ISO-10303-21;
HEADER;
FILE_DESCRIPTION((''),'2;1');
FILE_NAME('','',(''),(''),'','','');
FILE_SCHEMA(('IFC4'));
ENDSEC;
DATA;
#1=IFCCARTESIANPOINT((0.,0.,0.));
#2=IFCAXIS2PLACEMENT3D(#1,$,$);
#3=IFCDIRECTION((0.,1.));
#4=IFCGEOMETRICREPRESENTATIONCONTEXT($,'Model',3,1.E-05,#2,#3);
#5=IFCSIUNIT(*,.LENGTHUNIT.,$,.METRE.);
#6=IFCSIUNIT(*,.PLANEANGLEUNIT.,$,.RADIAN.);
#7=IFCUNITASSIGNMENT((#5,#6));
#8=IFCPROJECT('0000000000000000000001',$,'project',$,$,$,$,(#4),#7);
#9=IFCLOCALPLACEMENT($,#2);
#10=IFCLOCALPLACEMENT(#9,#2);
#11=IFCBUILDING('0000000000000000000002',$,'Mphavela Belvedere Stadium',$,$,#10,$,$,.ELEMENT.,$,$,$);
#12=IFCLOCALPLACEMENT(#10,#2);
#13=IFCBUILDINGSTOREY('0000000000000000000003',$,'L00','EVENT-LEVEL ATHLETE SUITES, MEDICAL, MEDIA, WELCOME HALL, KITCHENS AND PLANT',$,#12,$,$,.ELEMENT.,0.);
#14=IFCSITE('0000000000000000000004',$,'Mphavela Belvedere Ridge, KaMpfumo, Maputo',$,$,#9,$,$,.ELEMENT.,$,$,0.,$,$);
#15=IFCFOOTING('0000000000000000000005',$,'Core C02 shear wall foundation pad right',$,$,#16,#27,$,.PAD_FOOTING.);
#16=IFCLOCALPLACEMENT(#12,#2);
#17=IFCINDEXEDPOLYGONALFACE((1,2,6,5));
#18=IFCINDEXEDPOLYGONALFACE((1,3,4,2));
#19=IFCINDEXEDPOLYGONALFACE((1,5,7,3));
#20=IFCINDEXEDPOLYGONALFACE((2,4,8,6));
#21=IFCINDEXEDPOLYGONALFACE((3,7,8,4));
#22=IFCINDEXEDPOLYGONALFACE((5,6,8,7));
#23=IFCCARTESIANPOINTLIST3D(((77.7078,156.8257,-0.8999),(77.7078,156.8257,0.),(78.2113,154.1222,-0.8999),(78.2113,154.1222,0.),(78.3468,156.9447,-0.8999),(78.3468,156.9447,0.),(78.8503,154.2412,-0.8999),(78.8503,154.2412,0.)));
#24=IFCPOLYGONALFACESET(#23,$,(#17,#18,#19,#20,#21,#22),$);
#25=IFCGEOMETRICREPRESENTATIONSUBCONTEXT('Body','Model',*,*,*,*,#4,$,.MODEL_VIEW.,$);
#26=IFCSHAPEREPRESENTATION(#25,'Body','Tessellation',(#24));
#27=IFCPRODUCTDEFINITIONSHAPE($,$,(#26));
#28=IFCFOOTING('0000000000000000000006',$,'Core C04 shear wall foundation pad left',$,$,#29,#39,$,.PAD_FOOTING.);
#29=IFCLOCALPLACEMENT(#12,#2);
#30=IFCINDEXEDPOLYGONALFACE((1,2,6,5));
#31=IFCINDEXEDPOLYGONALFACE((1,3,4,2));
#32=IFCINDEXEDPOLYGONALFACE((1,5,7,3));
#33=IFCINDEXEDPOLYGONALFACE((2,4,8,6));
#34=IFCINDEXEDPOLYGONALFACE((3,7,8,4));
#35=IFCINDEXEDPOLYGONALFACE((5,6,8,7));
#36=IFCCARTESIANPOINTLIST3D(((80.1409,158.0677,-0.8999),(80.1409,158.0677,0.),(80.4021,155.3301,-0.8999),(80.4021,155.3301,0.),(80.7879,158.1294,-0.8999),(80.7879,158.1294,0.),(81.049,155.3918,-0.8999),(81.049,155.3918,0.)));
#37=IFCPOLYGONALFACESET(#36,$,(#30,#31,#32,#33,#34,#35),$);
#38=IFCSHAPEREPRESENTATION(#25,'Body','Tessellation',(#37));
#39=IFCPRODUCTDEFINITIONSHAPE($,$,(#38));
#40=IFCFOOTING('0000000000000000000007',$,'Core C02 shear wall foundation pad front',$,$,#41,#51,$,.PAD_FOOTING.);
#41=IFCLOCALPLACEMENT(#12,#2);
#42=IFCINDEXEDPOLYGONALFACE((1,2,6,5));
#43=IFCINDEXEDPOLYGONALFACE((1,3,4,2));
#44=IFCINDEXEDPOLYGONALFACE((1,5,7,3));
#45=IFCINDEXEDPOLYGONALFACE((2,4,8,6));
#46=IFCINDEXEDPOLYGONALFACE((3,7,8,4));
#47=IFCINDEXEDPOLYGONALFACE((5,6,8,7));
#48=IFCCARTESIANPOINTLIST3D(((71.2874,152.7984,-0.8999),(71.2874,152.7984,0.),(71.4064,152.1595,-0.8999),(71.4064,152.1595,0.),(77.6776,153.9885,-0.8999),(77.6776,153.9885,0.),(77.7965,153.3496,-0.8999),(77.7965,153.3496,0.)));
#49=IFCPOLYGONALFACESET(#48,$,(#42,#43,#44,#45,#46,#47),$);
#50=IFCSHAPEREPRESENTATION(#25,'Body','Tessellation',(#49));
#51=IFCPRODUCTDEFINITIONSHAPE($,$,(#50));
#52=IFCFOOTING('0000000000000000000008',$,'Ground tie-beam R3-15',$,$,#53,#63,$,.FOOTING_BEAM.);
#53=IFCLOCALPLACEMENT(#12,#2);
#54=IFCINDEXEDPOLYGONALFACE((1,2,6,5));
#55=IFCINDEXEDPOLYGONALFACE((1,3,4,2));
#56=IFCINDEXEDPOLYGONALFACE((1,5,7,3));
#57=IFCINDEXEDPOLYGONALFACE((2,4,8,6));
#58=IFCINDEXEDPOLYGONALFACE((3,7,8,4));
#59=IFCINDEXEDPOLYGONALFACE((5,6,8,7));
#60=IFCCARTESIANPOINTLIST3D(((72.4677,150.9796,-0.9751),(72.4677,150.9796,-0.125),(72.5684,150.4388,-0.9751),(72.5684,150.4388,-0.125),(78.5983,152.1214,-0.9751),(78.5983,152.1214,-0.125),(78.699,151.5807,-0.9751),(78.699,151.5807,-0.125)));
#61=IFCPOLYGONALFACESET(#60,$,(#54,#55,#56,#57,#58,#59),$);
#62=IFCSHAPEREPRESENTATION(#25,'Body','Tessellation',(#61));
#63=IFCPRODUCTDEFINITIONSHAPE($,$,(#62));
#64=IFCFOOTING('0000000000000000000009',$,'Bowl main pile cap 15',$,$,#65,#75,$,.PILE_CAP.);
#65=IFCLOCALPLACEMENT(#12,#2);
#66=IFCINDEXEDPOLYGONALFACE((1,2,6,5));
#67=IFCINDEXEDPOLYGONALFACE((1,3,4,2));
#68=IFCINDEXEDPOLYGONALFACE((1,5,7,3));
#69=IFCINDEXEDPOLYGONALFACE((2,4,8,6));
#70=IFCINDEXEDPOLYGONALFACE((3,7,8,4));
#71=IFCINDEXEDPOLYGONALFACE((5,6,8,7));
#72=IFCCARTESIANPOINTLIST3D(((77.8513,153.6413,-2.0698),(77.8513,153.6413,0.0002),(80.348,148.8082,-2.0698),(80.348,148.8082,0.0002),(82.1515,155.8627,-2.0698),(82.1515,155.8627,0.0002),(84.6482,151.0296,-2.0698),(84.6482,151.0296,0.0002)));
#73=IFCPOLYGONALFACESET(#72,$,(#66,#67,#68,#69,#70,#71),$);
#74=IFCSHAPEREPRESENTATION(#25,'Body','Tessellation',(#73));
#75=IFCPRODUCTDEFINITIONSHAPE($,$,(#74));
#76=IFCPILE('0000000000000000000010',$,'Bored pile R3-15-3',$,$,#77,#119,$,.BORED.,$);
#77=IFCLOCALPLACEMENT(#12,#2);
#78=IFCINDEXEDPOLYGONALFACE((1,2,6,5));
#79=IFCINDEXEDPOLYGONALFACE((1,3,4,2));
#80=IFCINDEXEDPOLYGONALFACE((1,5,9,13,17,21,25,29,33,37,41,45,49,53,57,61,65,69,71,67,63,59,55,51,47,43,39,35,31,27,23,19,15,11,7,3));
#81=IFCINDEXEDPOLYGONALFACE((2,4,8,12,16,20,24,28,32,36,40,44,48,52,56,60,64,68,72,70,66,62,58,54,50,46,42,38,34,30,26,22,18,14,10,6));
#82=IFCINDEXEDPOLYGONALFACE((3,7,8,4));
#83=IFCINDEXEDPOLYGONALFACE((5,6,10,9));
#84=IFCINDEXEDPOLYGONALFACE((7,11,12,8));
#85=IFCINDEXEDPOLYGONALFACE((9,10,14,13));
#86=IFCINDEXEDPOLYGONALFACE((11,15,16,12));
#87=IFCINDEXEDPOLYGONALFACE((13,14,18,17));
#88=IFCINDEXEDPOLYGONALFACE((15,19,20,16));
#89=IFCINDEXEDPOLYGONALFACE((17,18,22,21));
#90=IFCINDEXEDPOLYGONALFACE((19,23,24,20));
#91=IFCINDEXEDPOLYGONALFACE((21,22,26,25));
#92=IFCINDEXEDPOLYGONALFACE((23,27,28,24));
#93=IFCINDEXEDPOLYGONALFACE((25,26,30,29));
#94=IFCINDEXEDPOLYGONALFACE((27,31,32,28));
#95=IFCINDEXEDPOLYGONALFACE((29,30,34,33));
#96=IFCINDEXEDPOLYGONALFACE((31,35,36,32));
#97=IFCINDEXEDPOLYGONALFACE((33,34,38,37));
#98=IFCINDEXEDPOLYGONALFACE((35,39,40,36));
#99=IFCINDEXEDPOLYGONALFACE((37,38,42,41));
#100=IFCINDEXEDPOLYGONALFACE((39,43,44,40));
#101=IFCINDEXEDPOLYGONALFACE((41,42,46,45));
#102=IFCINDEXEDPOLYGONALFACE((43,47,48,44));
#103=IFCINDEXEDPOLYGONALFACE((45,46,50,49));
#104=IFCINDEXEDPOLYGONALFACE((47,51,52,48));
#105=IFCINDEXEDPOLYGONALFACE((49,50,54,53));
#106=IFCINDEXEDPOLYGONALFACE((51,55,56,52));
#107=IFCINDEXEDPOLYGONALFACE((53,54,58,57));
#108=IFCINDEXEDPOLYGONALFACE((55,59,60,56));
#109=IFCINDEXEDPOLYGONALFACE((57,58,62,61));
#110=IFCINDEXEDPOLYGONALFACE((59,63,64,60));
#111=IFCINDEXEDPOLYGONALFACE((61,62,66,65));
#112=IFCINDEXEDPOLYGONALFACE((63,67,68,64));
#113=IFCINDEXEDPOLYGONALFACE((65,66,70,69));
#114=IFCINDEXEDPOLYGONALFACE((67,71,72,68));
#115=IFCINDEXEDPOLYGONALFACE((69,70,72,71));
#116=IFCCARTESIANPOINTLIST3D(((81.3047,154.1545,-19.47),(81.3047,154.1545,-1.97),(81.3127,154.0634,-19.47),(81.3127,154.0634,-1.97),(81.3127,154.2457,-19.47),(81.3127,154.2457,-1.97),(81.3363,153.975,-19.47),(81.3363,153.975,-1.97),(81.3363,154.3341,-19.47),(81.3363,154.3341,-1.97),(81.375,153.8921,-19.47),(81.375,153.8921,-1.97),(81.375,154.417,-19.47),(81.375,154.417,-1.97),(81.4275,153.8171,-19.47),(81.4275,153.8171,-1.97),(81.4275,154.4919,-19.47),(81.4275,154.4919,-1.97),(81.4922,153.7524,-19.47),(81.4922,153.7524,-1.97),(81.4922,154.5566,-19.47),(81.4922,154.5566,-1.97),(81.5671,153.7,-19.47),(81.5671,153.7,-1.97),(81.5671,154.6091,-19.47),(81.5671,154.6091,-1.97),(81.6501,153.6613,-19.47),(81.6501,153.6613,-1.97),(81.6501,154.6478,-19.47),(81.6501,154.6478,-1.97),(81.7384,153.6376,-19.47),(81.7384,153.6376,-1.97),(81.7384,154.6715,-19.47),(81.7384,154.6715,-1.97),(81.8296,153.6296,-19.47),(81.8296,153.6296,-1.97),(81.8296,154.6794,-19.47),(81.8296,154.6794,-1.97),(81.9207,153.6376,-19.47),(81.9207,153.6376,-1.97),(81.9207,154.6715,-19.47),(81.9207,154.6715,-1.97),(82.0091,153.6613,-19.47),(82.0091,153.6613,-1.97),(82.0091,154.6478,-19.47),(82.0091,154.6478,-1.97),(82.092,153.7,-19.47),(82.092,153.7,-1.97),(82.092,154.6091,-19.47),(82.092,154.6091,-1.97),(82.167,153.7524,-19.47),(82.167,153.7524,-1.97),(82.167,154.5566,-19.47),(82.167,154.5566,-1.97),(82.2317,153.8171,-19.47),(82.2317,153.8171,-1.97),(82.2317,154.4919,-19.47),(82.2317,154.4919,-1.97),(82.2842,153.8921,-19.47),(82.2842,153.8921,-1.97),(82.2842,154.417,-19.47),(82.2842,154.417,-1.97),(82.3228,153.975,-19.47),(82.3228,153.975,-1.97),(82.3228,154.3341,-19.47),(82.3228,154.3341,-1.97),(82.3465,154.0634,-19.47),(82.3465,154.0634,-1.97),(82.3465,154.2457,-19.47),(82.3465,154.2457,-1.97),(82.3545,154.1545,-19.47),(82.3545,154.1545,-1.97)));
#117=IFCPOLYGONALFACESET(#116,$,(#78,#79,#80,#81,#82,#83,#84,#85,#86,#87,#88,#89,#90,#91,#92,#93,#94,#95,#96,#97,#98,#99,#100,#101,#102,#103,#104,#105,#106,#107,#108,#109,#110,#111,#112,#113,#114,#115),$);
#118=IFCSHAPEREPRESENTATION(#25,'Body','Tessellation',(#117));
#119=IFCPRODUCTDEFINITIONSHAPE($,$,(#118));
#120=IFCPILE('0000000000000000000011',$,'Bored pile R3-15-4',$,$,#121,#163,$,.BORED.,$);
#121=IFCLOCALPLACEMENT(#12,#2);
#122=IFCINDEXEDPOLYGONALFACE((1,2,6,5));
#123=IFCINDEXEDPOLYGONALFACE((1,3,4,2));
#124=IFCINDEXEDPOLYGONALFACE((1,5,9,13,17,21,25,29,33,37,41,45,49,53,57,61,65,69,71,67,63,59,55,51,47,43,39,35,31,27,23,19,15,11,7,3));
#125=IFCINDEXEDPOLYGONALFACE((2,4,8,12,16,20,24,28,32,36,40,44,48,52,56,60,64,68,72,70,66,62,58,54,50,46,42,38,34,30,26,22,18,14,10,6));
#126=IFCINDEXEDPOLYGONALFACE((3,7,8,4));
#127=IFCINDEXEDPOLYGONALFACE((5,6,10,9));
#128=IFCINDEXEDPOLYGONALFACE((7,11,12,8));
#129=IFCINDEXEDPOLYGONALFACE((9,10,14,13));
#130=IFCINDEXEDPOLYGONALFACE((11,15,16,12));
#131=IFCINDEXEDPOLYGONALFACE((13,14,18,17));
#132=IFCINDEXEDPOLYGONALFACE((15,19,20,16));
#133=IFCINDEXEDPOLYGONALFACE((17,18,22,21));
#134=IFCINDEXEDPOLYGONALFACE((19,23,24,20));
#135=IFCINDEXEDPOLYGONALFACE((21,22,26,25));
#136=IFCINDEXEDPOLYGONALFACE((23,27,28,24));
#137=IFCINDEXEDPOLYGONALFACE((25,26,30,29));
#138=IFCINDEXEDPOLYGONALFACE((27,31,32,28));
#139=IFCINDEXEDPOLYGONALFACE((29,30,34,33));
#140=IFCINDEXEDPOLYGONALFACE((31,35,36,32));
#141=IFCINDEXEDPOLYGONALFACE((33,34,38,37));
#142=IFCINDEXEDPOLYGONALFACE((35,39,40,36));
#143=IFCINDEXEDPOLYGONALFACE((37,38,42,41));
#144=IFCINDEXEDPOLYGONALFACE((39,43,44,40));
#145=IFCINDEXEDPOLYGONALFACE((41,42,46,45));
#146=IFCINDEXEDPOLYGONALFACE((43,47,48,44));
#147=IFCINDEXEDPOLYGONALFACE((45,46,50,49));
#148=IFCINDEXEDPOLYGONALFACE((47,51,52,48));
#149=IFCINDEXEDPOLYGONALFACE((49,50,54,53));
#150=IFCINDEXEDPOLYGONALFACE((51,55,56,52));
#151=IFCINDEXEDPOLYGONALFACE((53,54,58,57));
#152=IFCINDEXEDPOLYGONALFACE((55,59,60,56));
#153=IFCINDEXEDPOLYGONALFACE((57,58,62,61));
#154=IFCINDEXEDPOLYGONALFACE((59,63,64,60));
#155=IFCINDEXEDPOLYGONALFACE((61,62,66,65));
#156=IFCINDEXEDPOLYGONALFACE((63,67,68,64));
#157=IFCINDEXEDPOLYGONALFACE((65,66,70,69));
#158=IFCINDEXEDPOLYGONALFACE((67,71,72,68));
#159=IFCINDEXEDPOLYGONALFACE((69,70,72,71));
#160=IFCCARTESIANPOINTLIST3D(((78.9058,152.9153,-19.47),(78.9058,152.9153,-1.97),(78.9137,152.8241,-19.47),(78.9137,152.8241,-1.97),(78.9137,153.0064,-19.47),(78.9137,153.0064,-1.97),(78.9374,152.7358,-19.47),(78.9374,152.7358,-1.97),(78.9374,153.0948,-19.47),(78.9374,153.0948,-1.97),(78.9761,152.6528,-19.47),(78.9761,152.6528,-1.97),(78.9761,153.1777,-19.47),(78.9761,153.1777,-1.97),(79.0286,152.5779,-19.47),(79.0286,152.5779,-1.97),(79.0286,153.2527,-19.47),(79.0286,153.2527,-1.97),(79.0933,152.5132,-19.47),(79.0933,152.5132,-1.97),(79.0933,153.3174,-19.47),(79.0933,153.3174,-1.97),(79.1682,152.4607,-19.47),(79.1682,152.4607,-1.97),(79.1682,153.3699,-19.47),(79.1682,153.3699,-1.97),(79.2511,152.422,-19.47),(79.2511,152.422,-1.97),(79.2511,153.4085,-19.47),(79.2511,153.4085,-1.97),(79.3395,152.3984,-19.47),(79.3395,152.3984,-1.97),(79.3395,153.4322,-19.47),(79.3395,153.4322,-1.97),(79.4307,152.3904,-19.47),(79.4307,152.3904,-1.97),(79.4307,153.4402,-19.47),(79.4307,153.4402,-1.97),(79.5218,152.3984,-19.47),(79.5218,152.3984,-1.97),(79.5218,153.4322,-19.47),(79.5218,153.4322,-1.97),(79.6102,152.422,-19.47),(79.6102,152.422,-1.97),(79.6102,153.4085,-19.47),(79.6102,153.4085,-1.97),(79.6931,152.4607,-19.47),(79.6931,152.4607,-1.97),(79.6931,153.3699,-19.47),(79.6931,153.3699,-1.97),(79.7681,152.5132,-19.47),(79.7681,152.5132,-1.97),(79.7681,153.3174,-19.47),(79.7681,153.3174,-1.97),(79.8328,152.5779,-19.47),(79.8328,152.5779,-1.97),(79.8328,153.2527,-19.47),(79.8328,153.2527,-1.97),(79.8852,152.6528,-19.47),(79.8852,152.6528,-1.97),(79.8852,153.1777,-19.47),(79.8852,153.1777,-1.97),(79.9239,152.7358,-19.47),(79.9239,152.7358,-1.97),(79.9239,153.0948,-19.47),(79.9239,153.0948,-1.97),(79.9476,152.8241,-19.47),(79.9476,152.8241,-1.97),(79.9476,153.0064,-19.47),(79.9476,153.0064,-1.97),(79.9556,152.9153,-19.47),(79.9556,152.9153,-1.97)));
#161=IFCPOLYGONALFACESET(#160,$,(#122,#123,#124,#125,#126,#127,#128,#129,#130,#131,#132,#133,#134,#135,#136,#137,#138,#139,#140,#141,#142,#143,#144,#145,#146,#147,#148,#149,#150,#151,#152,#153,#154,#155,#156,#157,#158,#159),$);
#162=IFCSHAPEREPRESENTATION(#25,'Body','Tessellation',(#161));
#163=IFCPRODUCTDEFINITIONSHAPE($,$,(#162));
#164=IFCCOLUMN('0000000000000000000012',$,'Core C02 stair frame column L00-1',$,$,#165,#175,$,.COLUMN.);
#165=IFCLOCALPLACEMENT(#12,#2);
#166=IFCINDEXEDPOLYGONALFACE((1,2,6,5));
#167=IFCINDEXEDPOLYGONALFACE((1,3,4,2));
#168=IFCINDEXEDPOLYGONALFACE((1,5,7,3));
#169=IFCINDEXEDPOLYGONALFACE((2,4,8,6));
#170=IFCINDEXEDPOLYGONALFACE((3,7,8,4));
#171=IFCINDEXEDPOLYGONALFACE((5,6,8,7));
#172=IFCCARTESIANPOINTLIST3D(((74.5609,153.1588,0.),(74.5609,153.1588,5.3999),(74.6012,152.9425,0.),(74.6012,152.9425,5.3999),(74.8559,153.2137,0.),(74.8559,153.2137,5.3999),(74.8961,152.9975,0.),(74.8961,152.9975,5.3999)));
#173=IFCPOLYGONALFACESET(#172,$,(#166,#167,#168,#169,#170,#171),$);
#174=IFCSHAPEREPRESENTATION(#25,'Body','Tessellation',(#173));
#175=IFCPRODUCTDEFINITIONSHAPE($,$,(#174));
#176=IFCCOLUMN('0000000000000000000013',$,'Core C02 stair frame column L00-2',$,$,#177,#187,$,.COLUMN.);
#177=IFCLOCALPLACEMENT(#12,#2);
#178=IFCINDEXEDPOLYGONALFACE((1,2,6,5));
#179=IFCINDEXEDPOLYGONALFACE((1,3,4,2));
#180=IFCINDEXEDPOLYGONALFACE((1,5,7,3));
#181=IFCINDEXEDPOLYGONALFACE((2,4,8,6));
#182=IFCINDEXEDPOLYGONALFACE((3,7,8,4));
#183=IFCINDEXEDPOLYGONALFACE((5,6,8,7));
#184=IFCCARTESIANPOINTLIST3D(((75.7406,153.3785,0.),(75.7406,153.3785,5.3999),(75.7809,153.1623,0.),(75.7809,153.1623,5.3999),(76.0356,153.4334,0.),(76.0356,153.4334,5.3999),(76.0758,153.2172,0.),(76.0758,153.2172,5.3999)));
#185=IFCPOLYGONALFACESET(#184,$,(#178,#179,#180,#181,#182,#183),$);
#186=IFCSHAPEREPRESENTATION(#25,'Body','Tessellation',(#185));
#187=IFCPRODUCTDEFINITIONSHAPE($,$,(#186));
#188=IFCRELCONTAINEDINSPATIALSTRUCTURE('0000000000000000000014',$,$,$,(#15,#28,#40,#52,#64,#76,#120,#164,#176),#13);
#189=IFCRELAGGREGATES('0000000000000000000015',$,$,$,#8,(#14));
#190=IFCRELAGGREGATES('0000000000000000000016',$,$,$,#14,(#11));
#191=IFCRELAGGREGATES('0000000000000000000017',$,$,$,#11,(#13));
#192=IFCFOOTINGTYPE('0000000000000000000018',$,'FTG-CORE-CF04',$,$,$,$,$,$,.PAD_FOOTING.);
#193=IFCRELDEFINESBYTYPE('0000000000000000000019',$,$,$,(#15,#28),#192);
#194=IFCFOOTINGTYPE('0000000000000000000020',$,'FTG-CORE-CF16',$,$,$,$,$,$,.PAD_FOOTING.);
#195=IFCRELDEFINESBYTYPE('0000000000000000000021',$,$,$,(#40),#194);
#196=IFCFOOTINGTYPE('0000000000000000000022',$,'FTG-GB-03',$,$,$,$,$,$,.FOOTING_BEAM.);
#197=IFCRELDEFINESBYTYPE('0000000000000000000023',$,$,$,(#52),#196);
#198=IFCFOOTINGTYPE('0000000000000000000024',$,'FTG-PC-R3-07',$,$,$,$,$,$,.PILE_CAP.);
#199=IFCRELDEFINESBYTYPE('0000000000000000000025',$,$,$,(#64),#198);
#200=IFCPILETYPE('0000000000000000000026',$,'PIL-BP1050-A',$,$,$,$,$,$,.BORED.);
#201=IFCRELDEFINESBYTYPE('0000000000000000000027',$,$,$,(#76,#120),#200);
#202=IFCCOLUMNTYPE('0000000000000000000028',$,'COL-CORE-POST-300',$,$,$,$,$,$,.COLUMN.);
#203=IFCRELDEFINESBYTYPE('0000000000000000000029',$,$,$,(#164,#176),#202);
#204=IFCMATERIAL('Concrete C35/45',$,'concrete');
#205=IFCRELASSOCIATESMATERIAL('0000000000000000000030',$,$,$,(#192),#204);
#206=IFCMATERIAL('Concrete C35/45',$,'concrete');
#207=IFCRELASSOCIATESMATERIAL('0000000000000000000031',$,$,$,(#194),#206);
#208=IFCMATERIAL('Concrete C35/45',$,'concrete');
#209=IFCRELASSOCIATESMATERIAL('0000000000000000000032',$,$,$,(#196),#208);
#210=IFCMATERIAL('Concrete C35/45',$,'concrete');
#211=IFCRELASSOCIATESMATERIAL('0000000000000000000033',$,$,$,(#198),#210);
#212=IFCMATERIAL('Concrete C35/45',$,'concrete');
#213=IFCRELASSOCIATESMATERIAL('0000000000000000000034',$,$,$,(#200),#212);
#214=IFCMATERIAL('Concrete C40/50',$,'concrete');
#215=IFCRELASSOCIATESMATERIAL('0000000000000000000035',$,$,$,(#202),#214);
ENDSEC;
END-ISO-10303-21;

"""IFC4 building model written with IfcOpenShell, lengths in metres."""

from ifc_helpers import new_model, si_unit, direction, frame, origin, origin_2d, place, context, subcontext, project, spatial, rectangle, circle, extrude, material, material_profile, profile_set, type_object, element, save


model = new_model("IFC4")

# Units and contexts
model_context = context("Model", 3, precision=1e-05, world=origin(), true_north=direction((0.0, 1.0)))
body_context = subcontext(model_context, "Body", "Model", "MODEL_VIEW")
ifc_project = project(units=[si_unit("LENGTHUNIT", "METRE"), si_unit("PLANEANGLEUNIT", "RADIAN")], contexts=[model_context])

# Site, building, storey
site_placement = place(None, origin())
site = spatial("IfcSite", under=ifc_project, at=site_placement, Name="Mphavela Belvedere Ridge, KaMpfumo, Maputo", CompositionType="ELEMENT", RefElevation=0.0)
building_placement = place(site_placement, origin())
building = spatial("IfcBuilding", under=site, at=building_placement, Name="Mphavela Belvedere Stadium", CompositionType="ELEMENT")
storey_placement = place(building_placement, origin())
storey = spatial("IfcBuildingStorey", under=building, at=storey_placement, Name="L00", Description="EVENT-LEVEL ATHLETE SUITES, MEDICAL, MEDIA, WELCOME HALL, KITCHENS AND PLANT", CompositionType="ELEMENT", Elevation=0.0)

# Footings
ifc_material_1 = material(Name="Concrete C35/45", Category="concrete")
footing_type_1 = type_object("IfcFootingType", Name="FTG-CORE-CF04", PredefinedType="PAD_FOOTING", material=ifc_material_1)
for number, where, z_axis, x_axis, name in (
    (1, (78.2791, 155.5334, -0.8999), (0.0, 0.0, 1.0), (-0.183094, 0.983096, 0.0), "Core C02 shear wall foundation pad right"),
    (2, (80.595, 156.7297, -0.8999), (0.0, 0.0, 1.0), (-0.094977, 0.995479, 0.0), "Core C04 shear wall foundation pad left"),
):
    element("IfcFooting", number, at=place(storey_placement, frame(where, z_axis=z_axis, x_axis=x_axis)), inside=storey, type_object=footing_type_1, Name=name, PredefinedType="PAD_FOOTING", context=body_context, shape_type="SweptSolid", body=[
        extrude(rectangle(XDim=2.75, YDim=0.6499, at=origin_2d()), origin(), (0.0, 0.0, 1.0), 0.8999),
    ])
ifc_material_2 = material(Name="Concrete C35/45", Category="concrete")
footing_type_2 = type_object("IfcFootingType", Name="FTG-CORE-CF16", PredefinedType="PAD_FOOTING", material=ifc_material_2)
footing_1_placement = place(storey_placement, frame((74.542, 153.074, -0.8999), z_axis=(0.0, 0.0, 1.0), x_axis=(0.983096, 0.183094, 0.0)))
element("IfcFooting", 3, at=footing_1_placement, inside=storey, type_object=footing_type_2, Name="Core C02 shear wall foundation pad front", PredefinedType="PAD_FOOTING", context=body_context, shape_type="SweptSolid", body=[
    extrude(rectangle(XDim=6.5, YDim=0.6499, at=origin_2d()), origin(), (0.0, 0.0, 1.0), 0.8999),
])
ifc_material_3 = material(Name="Concrete C35/45", Category="concrete")
ifc_material_profile_1 = material_profile(ifc_material_3, rectangle(XDim=0.55, YDim=0.8501, at=origin_2d()), Name="GB 550x850")
ifc_profile_set_1 = profile_set([ifc_material_profile_1], Name="Concrete C35/45")
footing_type_3 = type_object("IfcFootingType", Name="FTG-GB-03", PredefinedType="FOOTING_BEAM", material=ifc_profile_set_1)
footing_2_placement = place(storey_placement, frame((78.6487, 151.8511, -0.55), z_axis=(-0.983094, -0.183104, 0.0), x_axis=(0.183104, -0.983094, 0.0)))
element("IfcFooting", 4, at=footing_2_placement, inside=storey, type_object=footing_type_3, Name="Ground tie-beam R3-15", PredefinedType="FOOTING_BEAM", context=body_context, shape_type="SweptSolid", body=[
    extrude(rectangle(XDim=0.55, YDim=0.8501, at=origin_2d()), origin(), (0.0, 0.0, 1.0), 6.2361),
])
ifc_material_4 = material(Name="Concrete C35/45", Category="concrete")
footing_type_4 = type_object("IfcFootingType", Name="FTG-PC-R3-07", PredefinedType="PILE_CAP", material=ifc_material_4)
footing_3_placement = place(storey_placement, frame((81.2498, 152.3354, -2.0698), z_axis=(0.0, 0.0, 1.0), x_axis=(-0.45896, 0.888457, 0.0)))
element("IfcFooting", 5, at=footing_3_placement, inside=storey, type_object=footing_type_4, Name="Bowl main pile cap 15", PredefinedType="PILE_CAP", context=body_context, shape_type="SweptSolid", body=[
    extrude(rectangle(XDim=5.4399, YDim=4.8401, at=origin_2d()), origin(), (0.0, 0.0, 1.0), 2.0701),
])

# Piles
ifc_material_5 = material(Name="Concrete C35/45", Category="concrete")
ifc_material_profile_2 = material_profile(ifc_material_5, circle(Radius=0.5249, at=origin_2d()), Name="BP D1050")
ifc_profile_set_2 = profile_set([ifc_material_profile_2], Name="Concrete C35/45")
pile_type = type_object("IfcPileType", Name="PIL-BP1050-A", PredefinedType="BORED", material=ifc_profile_set_2)
for number, where, z_axis, x_axis, name in (
    (6, (81.8296, 154.1545, -1.97), (0.0, 0.0, -1.0), (1.0, 0.0, 0.0), "Bored pile R3-15-3"),
    (7, (79.4307, 152.9153, -1.97), (0.0, 0.0, -1.0), (1.0, 0.0, 0.0), "Bored pile R3-15-4"),
):
    element("IfcPile", number, at=place(storey_placement, frame(where, z_axis=z_axis, x_axis=x_axis)), inside=storey, type_object=pile_type, Name=name, PredefinedType="BORED", context=body_context, shape_type="SweptSolid", body=[
        extrude(circle(Radius=0.5249, at=origin_2d()), origin(), (0.0, 0.0, 1.0), 17.5),
    ])

# Columns
ifc_material_6 = material(Name="Concrete C40/50", Category="concrete")
ifc_material_profile_3 = material_profile(ifc_material_6, rectangle(XDim=0.3, YDim=0.22, at=origin_2d()), Name="RC 300x220")
ifc_profile_set_3 = profile_set([ifc_material_profile_3], Name="Concrete C40/50")
column_type_1 = type_object("IfcColumnType", Name="COL-CORE-POST-300", PredefinedType="COLUMN", material=ifc_profile_set_3)
for number, where, z_axis, x_axis, name in (
    (8, (74.7285, 153.0781, 0.0), (0.0, 0.0, 1.0), (0.983096, 0.183094, 0.0), "Core C02 stair frame column L00-1"),
    (9, (75.9082, 153.2979, 0.0), (0.0, 0.0, 1.0), (0.983096, 0.183094, 0.0), "Core C02 stair frame column L00-2"),
):
    element("IfcColumn", number, at=place(storey_placement, frame(where, z_axis=z_axis, x_axis=x_axis)), inside=storey, type_object=column_type_1, Name=name, PredefinedType="COLUMN", context=body_context, shape_type="SweptSolid", body=[
        extrude(rectangle(XDim=0.3, YDim=0.22, at=origin_2d()), origin(), (0.0, 0.0, 1.0), 5.3999),
    ])

save(model, "model.ifc")
